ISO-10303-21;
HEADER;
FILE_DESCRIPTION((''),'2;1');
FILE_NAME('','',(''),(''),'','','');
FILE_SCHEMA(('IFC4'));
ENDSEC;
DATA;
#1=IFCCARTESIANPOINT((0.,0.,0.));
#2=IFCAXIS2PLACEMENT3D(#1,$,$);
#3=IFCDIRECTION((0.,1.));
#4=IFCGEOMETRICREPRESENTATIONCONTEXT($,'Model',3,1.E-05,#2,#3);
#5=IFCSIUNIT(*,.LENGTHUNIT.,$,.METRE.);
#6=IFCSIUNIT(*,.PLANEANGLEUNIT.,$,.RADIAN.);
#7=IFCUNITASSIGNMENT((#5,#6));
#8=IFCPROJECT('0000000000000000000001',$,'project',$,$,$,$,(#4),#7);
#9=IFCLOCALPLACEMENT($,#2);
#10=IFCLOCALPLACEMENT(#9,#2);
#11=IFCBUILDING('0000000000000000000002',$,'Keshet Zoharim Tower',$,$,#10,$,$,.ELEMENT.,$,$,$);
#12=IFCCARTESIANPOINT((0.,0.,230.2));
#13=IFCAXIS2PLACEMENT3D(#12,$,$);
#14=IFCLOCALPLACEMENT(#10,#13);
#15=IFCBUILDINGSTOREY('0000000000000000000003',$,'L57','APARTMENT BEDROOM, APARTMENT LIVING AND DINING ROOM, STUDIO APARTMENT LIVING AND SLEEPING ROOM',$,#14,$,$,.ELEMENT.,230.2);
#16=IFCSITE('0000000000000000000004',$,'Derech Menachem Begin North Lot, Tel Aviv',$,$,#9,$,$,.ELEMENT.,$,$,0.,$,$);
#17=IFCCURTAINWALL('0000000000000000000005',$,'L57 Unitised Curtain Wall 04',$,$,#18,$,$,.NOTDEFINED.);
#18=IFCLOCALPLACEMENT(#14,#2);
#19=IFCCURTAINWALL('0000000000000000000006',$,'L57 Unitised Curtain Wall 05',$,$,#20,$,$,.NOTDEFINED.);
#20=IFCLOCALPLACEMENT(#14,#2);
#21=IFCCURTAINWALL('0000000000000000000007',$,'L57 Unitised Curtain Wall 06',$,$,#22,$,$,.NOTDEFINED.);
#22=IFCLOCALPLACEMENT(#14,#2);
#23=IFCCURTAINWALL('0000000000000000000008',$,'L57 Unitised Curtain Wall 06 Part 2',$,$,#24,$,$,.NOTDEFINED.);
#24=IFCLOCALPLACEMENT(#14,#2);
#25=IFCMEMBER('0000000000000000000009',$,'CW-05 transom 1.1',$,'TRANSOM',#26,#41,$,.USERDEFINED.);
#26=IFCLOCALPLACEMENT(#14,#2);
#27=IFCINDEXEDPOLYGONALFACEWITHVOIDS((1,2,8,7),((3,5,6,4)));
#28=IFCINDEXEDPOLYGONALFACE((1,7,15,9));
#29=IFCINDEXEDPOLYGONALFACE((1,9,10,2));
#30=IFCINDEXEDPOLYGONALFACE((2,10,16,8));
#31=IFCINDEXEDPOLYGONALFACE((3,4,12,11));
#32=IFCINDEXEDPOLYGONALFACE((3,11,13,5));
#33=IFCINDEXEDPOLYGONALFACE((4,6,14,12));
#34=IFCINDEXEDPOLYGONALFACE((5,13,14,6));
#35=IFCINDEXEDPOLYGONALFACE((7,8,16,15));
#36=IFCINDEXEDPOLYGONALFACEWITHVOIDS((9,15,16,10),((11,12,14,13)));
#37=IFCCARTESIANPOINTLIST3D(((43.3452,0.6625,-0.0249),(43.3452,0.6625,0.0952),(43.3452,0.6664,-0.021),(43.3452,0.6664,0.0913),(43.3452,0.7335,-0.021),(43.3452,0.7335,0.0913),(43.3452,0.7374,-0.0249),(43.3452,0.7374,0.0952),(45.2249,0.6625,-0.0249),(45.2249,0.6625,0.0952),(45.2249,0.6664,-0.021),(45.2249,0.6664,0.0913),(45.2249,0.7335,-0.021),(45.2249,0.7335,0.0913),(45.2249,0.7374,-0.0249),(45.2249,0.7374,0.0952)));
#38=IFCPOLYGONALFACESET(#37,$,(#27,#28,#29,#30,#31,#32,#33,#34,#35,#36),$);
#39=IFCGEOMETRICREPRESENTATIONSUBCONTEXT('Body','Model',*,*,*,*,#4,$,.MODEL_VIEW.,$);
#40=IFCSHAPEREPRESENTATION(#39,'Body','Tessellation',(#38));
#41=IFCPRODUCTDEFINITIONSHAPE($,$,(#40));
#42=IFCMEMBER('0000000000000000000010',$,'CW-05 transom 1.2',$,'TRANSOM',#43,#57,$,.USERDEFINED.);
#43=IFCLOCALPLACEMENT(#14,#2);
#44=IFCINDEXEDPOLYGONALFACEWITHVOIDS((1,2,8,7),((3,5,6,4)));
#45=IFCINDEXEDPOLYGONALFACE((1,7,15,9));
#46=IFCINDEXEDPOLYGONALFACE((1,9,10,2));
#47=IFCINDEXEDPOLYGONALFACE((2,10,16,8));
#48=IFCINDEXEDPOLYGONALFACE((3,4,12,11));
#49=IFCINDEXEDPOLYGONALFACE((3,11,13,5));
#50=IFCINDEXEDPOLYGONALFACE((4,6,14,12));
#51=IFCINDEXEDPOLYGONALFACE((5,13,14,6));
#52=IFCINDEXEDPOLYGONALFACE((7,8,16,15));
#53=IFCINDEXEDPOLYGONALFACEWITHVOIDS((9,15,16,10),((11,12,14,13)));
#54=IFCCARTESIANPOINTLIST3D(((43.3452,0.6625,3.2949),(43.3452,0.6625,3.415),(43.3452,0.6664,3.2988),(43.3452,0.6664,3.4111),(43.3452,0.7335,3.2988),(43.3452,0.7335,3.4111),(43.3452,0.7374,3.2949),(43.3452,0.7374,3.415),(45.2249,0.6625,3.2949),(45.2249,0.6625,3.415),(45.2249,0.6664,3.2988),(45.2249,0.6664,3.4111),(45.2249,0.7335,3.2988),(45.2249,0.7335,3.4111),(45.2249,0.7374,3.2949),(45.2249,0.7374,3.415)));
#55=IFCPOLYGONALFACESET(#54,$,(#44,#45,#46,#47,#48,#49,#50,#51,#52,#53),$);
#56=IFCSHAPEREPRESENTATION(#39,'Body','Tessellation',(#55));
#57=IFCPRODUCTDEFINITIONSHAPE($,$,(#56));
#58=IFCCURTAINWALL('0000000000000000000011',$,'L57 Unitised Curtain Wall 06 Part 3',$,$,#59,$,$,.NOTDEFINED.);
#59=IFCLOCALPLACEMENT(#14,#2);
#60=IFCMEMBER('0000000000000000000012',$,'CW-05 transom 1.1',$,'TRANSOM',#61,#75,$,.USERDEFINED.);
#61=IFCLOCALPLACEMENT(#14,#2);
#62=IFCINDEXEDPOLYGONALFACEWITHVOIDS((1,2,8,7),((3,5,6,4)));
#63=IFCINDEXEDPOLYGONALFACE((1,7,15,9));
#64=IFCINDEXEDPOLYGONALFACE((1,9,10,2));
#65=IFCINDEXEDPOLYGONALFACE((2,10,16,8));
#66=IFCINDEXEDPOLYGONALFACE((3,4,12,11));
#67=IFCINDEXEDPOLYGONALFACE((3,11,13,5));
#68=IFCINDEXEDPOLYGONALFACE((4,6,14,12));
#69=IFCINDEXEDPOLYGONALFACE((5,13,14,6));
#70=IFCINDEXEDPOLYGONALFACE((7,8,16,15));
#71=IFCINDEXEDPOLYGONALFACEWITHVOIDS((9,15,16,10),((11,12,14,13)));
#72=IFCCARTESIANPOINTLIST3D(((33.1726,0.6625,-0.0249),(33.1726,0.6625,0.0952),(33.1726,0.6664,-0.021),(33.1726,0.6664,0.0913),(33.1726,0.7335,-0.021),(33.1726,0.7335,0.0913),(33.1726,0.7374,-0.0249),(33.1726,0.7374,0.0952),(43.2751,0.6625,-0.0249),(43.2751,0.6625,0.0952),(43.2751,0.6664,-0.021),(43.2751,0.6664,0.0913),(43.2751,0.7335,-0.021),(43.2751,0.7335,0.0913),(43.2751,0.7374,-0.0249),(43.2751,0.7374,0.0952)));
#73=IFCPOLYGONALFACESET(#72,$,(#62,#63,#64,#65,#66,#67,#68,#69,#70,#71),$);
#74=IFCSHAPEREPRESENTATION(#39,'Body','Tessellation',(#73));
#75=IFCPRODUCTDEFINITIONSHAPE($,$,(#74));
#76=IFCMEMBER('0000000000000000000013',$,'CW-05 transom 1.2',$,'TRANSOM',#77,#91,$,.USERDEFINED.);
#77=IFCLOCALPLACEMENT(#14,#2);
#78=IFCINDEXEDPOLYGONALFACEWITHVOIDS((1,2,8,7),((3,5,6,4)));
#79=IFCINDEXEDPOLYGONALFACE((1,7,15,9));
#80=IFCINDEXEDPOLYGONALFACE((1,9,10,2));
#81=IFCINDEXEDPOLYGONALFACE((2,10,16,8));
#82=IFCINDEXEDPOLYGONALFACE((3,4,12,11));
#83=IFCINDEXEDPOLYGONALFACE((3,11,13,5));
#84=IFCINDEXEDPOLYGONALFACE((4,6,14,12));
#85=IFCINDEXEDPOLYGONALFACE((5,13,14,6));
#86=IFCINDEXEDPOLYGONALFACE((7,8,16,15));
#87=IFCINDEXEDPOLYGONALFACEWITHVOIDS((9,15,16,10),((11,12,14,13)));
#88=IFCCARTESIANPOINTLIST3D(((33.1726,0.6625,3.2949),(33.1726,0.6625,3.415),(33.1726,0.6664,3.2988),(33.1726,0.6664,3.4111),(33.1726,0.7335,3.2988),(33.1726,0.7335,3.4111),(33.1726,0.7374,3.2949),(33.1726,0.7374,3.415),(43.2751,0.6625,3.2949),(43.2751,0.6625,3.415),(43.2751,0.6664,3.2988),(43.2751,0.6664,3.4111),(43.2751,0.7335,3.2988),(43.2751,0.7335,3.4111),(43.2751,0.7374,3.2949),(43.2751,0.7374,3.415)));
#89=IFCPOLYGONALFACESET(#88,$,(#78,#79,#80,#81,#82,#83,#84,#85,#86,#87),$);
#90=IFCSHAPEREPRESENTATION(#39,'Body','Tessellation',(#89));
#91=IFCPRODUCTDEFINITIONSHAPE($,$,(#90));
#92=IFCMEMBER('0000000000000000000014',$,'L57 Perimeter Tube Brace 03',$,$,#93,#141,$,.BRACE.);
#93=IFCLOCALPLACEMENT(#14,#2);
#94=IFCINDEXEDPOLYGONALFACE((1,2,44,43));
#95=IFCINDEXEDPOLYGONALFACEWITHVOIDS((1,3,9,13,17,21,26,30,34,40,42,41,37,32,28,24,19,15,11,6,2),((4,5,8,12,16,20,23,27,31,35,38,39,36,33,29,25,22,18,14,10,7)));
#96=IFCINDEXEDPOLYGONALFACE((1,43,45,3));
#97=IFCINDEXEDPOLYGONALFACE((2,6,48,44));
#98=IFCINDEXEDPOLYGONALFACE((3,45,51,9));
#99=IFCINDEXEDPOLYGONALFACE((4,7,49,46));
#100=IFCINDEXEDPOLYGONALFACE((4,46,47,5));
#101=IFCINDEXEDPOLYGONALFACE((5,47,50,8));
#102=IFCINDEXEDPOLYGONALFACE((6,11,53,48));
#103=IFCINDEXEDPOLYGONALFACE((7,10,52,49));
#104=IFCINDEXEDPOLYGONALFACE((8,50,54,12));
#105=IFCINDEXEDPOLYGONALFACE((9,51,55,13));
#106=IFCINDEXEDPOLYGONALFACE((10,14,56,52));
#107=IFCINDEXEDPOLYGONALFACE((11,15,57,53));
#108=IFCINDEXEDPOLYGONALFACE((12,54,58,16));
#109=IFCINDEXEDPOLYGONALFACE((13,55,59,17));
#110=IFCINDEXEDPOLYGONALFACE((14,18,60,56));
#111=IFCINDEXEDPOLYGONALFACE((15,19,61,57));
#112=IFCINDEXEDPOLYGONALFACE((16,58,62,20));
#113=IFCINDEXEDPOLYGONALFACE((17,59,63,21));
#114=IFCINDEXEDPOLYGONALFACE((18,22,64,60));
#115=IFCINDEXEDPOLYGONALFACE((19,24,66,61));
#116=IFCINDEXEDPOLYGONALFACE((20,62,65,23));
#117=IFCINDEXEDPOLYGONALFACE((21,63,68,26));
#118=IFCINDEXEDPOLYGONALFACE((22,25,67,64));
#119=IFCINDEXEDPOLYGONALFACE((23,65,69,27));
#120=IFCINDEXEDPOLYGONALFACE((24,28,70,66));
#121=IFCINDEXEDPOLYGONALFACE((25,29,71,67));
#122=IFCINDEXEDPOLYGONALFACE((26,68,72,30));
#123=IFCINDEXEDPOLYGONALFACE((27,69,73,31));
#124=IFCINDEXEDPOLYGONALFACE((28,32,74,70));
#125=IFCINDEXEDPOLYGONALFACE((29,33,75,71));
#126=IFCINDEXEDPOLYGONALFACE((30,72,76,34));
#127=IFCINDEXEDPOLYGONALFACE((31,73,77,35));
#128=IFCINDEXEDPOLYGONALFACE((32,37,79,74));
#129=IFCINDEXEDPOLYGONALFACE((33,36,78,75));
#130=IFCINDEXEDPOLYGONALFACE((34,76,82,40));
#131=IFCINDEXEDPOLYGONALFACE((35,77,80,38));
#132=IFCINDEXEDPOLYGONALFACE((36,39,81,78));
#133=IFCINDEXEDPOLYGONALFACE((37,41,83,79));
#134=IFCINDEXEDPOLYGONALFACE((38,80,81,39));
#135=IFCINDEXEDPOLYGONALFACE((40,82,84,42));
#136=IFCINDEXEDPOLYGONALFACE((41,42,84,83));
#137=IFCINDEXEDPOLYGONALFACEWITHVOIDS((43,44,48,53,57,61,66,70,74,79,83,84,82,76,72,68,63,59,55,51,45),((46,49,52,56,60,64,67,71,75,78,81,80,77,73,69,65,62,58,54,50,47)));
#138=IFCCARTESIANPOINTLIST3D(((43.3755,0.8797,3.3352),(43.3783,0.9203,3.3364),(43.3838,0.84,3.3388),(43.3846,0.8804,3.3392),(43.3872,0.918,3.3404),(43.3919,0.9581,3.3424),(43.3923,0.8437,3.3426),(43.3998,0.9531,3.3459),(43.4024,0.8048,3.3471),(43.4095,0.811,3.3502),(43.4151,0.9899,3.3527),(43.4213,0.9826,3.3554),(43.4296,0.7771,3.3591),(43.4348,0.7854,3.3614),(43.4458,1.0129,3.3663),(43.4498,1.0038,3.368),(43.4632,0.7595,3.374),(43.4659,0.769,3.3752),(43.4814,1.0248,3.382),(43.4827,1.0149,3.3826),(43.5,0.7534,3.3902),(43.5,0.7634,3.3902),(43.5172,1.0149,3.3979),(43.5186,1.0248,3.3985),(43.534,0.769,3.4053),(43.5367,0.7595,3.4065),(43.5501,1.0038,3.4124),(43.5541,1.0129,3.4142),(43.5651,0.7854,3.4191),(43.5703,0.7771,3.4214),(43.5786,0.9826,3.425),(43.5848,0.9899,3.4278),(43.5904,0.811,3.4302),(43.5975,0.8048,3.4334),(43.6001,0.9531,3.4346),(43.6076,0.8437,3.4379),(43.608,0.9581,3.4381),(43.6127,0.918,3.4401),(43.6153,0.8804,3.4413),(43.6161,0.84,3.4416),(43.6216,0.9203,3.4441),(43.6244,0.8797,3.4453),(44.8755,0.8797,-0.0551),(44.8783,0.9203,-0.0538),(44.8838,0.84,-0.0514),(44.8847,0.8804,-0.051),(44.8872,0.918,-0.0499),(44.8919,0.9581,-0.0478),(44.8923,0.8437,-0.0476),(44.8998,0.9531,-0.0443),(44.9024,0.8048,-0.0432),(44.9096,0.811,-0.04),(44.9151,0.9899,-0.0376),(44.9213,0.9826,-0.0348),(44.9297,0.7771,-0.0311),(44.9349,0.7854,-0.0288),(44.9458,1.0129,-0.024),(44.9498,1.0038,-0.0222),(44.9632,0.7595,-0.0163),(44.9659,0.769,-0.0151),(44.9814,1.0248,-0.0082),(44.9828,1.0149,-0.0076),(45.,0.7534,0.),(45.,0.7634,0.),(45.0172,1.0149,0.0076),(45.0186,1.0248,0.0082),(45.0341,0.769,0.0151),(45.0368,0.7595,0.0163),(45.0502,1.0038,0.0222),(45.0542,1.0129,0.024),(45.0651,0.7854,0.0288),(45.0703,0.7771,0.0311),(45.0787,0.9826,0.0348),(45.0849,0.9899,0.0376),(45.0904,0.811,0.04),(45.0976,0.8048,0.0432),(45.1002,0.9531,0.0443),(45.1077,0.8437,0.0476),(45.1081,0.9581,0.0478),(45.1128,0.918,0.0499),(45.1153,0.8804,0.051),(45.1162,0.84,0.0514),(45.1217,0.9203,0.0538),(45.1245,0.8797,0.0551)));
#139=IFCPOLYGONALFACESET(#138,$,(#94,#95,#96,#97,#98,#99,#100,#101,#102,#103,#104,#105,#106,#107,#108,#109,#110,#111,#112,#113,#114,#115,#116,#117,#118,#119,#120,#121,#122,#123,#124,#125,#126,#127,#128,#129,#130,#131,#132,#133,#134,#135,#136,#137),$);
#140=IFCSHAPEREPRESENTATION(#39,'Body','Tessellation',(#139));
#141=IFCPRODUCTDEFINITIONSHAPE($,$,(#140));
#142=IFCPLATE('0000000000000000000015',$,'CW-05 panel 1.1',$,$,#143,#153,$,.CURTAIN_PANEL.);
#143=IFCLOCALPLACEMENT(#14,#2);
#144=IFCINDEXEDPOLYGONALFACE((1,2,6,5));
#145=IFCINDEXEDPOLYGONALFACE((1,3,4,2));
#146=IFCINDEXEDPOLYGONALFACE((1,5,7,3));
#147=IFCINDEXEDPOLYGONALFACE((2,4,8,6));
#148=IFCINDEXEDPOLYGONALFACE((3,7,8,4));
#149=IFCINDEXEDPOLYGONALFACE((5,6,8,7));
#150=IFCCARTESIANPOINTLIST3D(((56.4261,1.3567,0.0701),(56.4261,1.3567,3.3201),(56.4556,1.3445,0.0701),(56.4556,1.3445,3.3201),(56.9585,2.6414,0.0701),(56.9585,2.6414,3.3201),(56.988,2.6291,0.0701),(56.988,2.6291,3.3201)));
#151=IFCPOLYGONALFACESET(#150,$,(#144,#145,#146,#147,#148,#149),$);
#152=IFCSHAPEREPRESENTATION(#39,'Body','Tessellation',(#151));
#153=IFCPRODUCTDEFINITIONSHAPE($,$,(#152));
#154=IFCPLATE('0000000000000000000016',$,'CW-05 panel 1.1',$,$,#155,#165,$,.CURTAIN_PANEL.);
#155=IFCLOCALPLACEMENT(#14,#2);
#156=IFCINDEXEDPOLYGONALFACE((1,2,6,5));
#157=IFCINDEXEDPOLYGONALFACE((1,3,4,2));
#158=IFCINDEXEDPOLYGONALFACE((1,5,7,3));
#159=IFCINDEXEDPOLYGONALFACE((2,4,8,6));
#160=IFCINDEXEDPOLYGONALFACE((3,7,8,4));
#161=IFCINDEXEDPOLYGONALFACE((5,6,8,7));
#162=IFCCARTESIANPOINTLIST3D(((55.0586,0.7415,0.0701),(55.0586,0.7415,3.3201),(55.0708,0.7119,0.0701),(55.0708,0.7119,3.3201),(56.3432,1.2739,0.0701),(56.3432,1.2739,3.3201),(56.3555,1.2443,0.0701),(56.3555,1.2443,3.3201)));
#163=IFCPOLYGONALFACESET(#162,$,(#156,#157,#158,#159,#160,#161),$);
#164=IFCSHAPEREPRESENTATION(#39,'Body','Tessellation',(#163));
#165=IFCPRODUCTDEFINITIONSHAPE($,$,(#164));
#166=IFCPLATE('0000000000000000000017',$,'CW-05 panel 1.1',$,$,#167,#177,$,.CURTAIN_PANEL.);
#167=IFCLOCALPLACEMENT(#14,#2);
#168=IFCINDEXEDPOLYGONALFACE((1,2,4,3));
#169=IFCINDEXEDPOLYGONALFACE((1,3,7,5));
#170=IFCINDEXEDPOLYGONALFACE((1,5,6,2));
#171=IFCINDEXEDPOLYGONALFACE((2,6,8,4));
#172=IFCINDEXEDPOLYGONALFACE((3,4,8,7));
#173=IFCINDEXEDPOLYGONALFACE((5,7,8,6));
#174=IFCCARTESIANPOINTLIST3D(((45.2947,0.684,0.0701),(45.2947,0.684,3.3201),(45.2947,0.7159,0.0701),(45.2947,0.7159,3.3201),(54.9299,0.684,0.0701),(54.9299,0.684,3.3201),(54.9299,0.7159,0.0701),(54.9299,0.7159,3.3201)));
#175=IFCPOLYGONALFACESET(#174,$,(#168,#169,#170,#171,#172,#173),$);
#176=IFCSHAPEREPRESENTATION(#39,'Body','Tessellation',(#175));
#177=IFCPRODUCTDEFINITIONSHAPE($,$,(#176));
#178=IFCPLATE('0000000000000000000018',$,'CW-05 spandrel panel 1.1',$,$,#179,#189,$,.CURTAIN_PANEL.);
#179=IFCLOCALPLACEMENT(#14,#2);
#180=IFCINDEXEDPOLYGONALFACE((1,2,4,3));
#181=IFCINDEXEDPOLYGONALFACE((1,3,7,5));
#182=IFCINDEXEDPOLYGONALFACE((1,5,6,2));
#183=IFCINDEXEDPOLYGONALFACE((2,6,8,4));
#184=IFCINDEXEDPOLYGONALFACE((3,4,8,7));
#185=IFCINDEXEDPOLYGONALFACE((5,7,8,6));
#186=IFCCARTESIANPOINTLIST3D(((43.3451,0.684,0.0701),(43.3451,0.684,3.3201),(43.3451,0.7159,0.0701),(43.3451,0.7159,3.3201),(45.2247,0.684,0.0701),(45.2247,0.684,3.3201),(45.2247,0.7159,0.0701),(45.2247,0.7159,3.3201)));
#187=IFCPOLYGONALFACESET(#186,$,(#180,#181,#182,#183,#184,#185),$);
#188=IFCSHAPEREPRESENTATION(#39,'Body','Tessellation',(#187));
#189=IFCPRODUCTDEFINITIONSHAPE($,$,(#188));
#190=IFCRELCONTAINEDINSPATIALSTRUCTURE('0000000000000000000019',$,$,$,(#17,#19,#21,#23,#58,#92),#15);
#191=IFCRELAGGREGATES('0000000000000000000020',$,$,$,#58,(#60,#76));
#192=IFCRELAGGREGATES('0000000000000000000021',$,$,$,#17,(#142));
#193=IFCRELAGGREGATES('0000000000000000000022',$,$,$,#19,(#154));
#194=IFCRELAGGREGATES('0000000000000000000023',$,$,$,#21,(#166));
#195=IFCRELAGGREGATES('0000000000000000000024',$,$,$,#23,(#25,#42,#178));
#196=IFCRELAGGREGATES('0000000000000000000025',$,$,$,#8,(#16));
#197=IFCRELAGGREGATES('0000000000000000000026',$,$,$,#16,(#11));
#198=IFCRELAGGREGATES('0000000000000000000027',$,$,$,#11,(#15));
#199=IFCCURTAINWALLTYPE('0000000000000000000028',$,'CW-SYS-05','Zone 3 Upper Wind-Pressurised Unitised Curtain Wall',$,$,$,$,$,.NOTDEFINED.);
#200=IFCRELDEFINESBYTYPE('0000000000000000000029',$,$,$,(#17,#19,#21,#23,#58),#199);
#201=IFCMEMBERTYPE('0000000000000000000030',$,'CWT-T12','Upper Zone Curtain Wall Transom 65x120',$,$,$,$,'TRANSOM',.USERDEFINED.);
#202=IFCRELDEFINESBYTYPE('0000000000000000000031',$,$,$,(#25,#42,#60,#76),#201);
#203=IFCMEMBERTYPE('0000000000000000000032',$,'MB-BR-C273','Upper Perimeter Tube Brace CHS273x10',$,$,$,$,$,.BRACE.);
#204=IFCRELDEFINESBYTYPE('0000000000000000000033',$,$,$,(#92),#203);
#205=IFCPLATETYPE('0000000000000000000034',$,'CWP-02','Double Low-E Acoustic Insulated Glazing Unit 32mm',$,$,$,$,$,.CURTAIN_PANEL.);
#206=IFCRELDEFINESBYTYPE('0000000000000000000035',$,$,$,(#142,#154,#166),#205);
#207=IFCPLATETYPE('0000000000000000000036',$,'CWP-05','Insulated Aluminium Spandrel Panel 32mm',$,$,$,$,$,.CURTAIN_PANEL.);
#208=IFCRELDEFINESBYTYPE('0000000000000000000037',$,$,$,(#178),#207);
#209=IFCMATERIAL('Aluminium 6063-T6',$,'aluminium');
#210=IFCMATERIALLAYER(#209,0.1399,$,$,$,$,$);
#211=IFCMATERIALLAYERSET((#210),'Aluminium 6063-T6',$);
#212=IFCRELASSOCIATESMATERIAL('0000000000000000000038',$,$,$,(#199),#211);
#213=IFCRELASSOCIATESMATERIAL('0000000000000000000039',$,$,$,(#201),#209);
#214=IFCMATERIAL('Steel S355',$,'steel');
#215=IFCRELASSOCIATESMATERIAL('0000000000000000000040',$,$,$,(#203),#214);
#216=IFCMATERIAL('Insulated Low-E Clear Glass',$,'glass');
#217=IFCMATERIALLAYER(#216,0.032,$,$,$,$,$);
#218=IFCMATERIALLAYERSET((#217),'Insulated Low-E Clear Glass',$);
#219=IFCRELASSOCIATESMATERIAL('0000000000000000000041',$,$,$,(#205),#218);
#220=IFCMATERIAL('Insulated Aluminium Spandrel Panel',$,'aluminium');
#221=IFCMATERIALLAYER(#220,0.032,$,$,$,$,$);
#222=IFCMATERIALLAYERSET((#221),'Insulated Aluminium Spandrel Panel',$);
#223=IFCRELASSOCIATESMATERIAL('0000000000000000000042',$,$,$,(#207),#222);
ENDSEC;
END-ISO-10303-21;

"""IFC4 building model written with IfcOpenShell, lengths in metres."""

from ifc_helpers import new_model, si_unit, direction, frame, origin, origin_2d, place, context, subcontext, project, spatial, rectangle, hollow_rectangle, hollow_circle, extrude, material, layer, layer_set, material_profile, profile_set, type_object, element, aggregate, save


model = new_model("IFC4")

# Units and contexts
model_context = context("Model", 3, precision=1e-05, world=origin(), true_north=direction((0.0, 1.0)))
body_context = subcontext(model_context, "Body", "Model", "MODEL_VIEW")
ifc_project = project(units=[si_unit("LENGTHUNIT", "METRE"), si_unit("PLANEANGLEUNIT", "RADIAN")], contexts=[model_context])

# Site, building, storey
site_placement = place(None, origin())
site = spatial("IfcSite", under=ifc_project, at=site_placement, Name="Derech Menachem Begin North Lot, Tel Aviv", CompositionType="ELEMENT", RefElevation=0.0)
building_placement = place(site_placement, origin())
building = spatial("IfcBuilding", under=site, at=building_placement, Name="Keshet Zoharim Tower", CompositionType="ELEMENT")
storey_placement = place(building_placement, frame((0.0, 0.0, 230.2)))
storey = spatial("IfcBuildingStorey", under=building, at=storey_placement, Name="L57", Description="APARTMENT BEDROOM, APARTMENT LIVING AND DINING ROOM, STUDIO APARTMENT LIVING AND SLEEPING ROOM", CompositionType="ELEMENT", Elevation=230.2)

# Shared definitions
ifc_material_1 = material(Name="Steel S355", Category="steel")

# Shared definitions
ifc_material_2 = material(Name="Aluminium 6063-T6", Category="aluminium")
ifc_layer_1 = layer(ifc_material_2, 0.1399)
ifc_layer_set_1 = layer_set([ifc_layer_1], Name="Aluminium 6063-T6")
curtain_wall_type = type_object("IfcCurtainWallType", Name="CW-SYS-05", Description="Zone 3 Upper Wind-Pressurised Unitised Curtain Wall", PredefinedType="NOTDEFINED", material=ifc_layer_set_1)

# Curtain walls
curtain_wall_1_placement = place(storey_placement, origin())
curtain_wall_1 = element("IfcCurtainWall", 1, at=curtain_wall_1_placement, inside=storey, type_object=curtain_wall_type, Name="L57 Unitised Curtain Wall 04", PredefinedType="NOTDEFINED")
curtain_wall_2_placement = place(storey_placement, origin())
curtain_wall_2 = element("IfcCurtainWall", 2, at=curtain_wall_2_placement, inside=storey, type_object=curtain_wall_type, Name="L57 Unitised Curtain Wall 05", PredefinedType="NOTDEFINED")
curtain_wall_3_placement = place(storey_placement, origin())
curtain_wall_3 = element("IfcCurtainWall", 3, at=curtain_wall_3_placement, inside=storey, type_object=curtain_wall_type, Name="L57 Unitised Curtain Wall 06", PredefinedType="NOTDEFINED")

# Curtain wall
curtain_wall_4_placement = place(storey_placement, origin())
curtain_wall_4 = element("IfcCurtainWall", 4, at=curtain_wall_4_placement, inside=storey, type_object=curtain_wall_type, Name="L57 Unitised Curtain Wall 06 Part 2", PredefinedType="NOTDEFINED")

# Members
ifc_material_profile_1 = material_profile(ifc_material_2, hollow_rectangle(XDim=0.075, YDim=0.1201, WallThickness=0.0039, at=origin_2d()), Name="TRN-75x120")
ifc_profile_set_1 = profile_set([ifc_material_profile_1], Name="Aluminium 6063-T6")
member_type_1 = type_object("IfcMemberType", Name="CWT-T12", Description="Upper Zone Curtain Wall Transom 65x120", ElementType="TRANSOM", PredefinedType="USERDEFINED", material=ifc_profile_set_1)
member_1_placement = place(storey_placement, frame((45.2249, 0.7, 0.0352), z_axis=(-1.0, 0.0, 0.0), x_axis=(0.0, -1.0, 0.0)))
member_1 = element("IfcMember", 5, at=member_1_placement, type_object=member_type_1, Name="CW-05 transom 1.1", ObjectType="TRANSOM", PredefinedType="USERDEFINED", context=body_context, shape_type="SweptSolid", body=[
    extrude(hollow_rectangle(XDim=0.075, YDim=0.1201, WallThickness=0.0039, at=origin_2d()), origin(), (0.0, 0.0, 1.0), 1.8796),
])
member_2_placement = place(storey_placement, frame((45.2249, 0.7, 3.355), z_axis=(-1.0, 0.0, 0.0), x_axis=(0.0, -1.0, 0.0)))
member_2 = element("IfcMember", 6, at=member_2_placement, type_object=member_type_1, Name="CW-05 transom 1.2", ObjectType="TRANSOM", PredefinedType="USERDEFINED", context=body_context, shape_type="SweptSolid", body=[
    extrude(hollow_rectangle(XDim=0.075, YDim=0.1201, WallThickness=0.0039, at=origin_2d()), origin(), (0.0, 0.0, 1.0), 1.8796),
])

# Curtain wall, members
curtain_wall_5_placement = place(storey_placement, origin())
curtain_wall_5 = element("IfcCurtainWall", 7, at=curtain_wall_5_placement, inside=storey, type_object=curtain_wall_type, Name="L57 Unitised Curtain Wall 06 Part 3", PredefinedType="NOTDEFINED")
member_3_placement = place(storey_placement, frame((43.2751, 0.7, 0.0352), z_axis=(-1.0, 0.0, 0.0), x_axis=(0.0, -1.0, 0.0)))
member_3 = element("IfcMember", 8, at=member_3_placement, type_object=member_type_1, Name="CW-05 transom 1.1", ObjectType="TRANSOM", PredefinedType="USERDEFINED", context=body_context, shape_type="SweptSolid", body=[
    extrude(hollow_rectangle(XDim=0.075, YDim=0.1201, WallThickness=0.0039, at=origin_2d()), origin(), (0.0, 0.0, 1.0), 10.1025),
])
member_4_placement = place(storey_placement, frame((43.2751, 0.7, 3.355), z_axis=(-1.0, 0.0, 0.0), x_axis=(0.0, -1.0, 0.0)))
member_4 = element("IfcMember", 9, at=member_4_placement, type_object=member_type_1, Name="CW-05 transom 1.2", ObjectType="TRANSOM", PredefinedType="USERDEFINED", context=body_context, shape_type="SweptSolid", body=[
    extrude(hollow_rectangle(XDim=0.075, YDim=0.1201, WallThickness=0.0039, at=origin_2d()), origin(), (0.0, 0.0, 1.0), 10.1025),
])
aggregate(curtain_wall_5, [member_3, member_4])

# Member
ifc_material_profile_2 = material_profile(ifc_material_1, hollow_circle(Radius=0.1365, WallThickness=0.01, at=origin_2d()), Name="CHS273x10")
ifc_profile_set_2 = profile_set([ifc_material_profile_2], Name="Steel S355")
member_type_2 = type_object("IfcMemberType", Name="MB-BR-C273", Description="Upper Perimeter Tube Brace CHS273x10", PredefinedType="BRACE", material=ifc_profile_set_2)
member_5_placement = place(storey_placement, frame((45.0, 0.8899, 0.0), z_axis=(-0.404623, 0.0, 0.914484), x_axis=(0.0, -1.0, 0.0)))
element("IfcMember", 10, at=member_5_placement, inside=storey, type_object=member_type_2, Name="L57 Perimeter Tube Brace 03", PredefinedType="BRACE", context=body_context, shape_type="SweptSolid", body=[
    extrude(hollow_circle(Radius=0.1365, WallThickness=0.01, at=origin_2d()), origin(), (0.0, 0.0, 1.0), 3.7073),
])

# Plates
ifc_material_3 = material(Name="Insulated Low-E Clear Glass", Category="glass")
ifc_layer_2 = layer(ifc_material_3, 0.032)
ifc_layer_set_2 = layer_set([ifc_layer_2], Name="Insulated Low-E Clear Glass")
plate_type_1 = type_object("IfcPlateType", Name="CWP-02", Description="Double Low-E Acoustic Insulated Glazing Unit 32mm", PredefinedType="CURTAIN_PANEL", material=ifc_layer_set_2)
plate_1_placement = place(storey_placement, frame((56.707, 1.9929, 0.0701), z_axis=(0.0, 0.0, 1.0), x_axis=(-0.382852, -0.92381, 0.0)))
plate_1 = element("IfcPlate", 11, at=plate_1_placement, type_object=plate_type_1, Name="CW-05 panel 1.1", PredefinedType="CURTAIN_PANEL", context=body_context, shape_type="SweptSolid", body=[
    extrude(rectangle(XDim=1.3906, YDim=0.032, at=origin_2d()), origin(), (0.0, 0.0, 1.0), 3.25),
])
aggregate(curtain_wall_1, [plate_1])
plate_2_placement = place(storey_placement, frame((55.707, 0.9929, 0.0701), z_axis=(0.0, 0.0, 1.0), x_axis=(-0.92381, -0.382852, 0.0)))
plate_2 = element("IfcPlate", 12, at=plate_2_placement, type_object=plate_type_1, Name="CW-05 panel 1.1", PredefinedType="CURTAIN_PANEL", context=body_context, shape_type="SweptSolid", body=[
    extrude(rectangle(XDim=1.3906, YDim=0.032, at=origin_2d()), origin(), (0.0, 0.0, 1.0), 3.25),
])
aggregate(curtain_wall_2, [plate_2])
plate_3_placement = place(storey_placement, frame((50.1123, 0.7, 0.0701), z_axis=(0.0, 0.0, 1.0), x_axis=(-1.0, 0.0, 0.0)))
plate_3 = element("IfcPlate", 13, at=plate_3_placement, type_object=plate_type_1, Name="CW-05 panel 1.1", PredefinedType="CURTAIN_PANEL", context=body_context, shape_type="SweptSolid", body=[
    extrude(rectangle(XDim=9.6353, YDim=0.032, at=origin_2d()), origin(), (0.0, 0.0, 1.0), 3.25),
])
aggregate(curtain_wall_3, [plate_3])
ifc_material_4 = material(Name="Insulated Aluminium Spandrel Panel", Category="aluminium")
ifc_layer_3 = layer(ifc_material_4, 0.032)
ifc_layer_set_3 = layer_set([ifc_layer_3], Name="Insulated Aluminium Spandrel Panel")
plate_type_2 = type_object("IfcPlateType", Name="CWP-05", Description="Insulated Aluminium Spandrel Panel 32mm", PredefinedType="CURTAIN_PANEL", material=ifc_layer_set_3)
plate_4_placement = place(storey_placement, frame((44.2849, 0.7, 0.0701), z_axis=(0.0, 0.0, 1.0), x_axis=(-1.0, 0.0, 0.0)))
plate_4 = element("IfcPlate", 14, at=plate_4_placement, type_object=plate_type_2, Name="CW-05 spandrel panel 1.1", PredefinedType="CURTAIN_PANEL", context=body_context, shape_type="SweptSolid", body=[
    extrude(rectangle(XDim=1.8796, YDim=0.032, at=origin_2d()), origin(), (0.0, 0.0, 1.0), 3.25),
])
aggregate(curtain_wall_4, [member_1, member_2, plate_4])

save(model, "model.ifc")
